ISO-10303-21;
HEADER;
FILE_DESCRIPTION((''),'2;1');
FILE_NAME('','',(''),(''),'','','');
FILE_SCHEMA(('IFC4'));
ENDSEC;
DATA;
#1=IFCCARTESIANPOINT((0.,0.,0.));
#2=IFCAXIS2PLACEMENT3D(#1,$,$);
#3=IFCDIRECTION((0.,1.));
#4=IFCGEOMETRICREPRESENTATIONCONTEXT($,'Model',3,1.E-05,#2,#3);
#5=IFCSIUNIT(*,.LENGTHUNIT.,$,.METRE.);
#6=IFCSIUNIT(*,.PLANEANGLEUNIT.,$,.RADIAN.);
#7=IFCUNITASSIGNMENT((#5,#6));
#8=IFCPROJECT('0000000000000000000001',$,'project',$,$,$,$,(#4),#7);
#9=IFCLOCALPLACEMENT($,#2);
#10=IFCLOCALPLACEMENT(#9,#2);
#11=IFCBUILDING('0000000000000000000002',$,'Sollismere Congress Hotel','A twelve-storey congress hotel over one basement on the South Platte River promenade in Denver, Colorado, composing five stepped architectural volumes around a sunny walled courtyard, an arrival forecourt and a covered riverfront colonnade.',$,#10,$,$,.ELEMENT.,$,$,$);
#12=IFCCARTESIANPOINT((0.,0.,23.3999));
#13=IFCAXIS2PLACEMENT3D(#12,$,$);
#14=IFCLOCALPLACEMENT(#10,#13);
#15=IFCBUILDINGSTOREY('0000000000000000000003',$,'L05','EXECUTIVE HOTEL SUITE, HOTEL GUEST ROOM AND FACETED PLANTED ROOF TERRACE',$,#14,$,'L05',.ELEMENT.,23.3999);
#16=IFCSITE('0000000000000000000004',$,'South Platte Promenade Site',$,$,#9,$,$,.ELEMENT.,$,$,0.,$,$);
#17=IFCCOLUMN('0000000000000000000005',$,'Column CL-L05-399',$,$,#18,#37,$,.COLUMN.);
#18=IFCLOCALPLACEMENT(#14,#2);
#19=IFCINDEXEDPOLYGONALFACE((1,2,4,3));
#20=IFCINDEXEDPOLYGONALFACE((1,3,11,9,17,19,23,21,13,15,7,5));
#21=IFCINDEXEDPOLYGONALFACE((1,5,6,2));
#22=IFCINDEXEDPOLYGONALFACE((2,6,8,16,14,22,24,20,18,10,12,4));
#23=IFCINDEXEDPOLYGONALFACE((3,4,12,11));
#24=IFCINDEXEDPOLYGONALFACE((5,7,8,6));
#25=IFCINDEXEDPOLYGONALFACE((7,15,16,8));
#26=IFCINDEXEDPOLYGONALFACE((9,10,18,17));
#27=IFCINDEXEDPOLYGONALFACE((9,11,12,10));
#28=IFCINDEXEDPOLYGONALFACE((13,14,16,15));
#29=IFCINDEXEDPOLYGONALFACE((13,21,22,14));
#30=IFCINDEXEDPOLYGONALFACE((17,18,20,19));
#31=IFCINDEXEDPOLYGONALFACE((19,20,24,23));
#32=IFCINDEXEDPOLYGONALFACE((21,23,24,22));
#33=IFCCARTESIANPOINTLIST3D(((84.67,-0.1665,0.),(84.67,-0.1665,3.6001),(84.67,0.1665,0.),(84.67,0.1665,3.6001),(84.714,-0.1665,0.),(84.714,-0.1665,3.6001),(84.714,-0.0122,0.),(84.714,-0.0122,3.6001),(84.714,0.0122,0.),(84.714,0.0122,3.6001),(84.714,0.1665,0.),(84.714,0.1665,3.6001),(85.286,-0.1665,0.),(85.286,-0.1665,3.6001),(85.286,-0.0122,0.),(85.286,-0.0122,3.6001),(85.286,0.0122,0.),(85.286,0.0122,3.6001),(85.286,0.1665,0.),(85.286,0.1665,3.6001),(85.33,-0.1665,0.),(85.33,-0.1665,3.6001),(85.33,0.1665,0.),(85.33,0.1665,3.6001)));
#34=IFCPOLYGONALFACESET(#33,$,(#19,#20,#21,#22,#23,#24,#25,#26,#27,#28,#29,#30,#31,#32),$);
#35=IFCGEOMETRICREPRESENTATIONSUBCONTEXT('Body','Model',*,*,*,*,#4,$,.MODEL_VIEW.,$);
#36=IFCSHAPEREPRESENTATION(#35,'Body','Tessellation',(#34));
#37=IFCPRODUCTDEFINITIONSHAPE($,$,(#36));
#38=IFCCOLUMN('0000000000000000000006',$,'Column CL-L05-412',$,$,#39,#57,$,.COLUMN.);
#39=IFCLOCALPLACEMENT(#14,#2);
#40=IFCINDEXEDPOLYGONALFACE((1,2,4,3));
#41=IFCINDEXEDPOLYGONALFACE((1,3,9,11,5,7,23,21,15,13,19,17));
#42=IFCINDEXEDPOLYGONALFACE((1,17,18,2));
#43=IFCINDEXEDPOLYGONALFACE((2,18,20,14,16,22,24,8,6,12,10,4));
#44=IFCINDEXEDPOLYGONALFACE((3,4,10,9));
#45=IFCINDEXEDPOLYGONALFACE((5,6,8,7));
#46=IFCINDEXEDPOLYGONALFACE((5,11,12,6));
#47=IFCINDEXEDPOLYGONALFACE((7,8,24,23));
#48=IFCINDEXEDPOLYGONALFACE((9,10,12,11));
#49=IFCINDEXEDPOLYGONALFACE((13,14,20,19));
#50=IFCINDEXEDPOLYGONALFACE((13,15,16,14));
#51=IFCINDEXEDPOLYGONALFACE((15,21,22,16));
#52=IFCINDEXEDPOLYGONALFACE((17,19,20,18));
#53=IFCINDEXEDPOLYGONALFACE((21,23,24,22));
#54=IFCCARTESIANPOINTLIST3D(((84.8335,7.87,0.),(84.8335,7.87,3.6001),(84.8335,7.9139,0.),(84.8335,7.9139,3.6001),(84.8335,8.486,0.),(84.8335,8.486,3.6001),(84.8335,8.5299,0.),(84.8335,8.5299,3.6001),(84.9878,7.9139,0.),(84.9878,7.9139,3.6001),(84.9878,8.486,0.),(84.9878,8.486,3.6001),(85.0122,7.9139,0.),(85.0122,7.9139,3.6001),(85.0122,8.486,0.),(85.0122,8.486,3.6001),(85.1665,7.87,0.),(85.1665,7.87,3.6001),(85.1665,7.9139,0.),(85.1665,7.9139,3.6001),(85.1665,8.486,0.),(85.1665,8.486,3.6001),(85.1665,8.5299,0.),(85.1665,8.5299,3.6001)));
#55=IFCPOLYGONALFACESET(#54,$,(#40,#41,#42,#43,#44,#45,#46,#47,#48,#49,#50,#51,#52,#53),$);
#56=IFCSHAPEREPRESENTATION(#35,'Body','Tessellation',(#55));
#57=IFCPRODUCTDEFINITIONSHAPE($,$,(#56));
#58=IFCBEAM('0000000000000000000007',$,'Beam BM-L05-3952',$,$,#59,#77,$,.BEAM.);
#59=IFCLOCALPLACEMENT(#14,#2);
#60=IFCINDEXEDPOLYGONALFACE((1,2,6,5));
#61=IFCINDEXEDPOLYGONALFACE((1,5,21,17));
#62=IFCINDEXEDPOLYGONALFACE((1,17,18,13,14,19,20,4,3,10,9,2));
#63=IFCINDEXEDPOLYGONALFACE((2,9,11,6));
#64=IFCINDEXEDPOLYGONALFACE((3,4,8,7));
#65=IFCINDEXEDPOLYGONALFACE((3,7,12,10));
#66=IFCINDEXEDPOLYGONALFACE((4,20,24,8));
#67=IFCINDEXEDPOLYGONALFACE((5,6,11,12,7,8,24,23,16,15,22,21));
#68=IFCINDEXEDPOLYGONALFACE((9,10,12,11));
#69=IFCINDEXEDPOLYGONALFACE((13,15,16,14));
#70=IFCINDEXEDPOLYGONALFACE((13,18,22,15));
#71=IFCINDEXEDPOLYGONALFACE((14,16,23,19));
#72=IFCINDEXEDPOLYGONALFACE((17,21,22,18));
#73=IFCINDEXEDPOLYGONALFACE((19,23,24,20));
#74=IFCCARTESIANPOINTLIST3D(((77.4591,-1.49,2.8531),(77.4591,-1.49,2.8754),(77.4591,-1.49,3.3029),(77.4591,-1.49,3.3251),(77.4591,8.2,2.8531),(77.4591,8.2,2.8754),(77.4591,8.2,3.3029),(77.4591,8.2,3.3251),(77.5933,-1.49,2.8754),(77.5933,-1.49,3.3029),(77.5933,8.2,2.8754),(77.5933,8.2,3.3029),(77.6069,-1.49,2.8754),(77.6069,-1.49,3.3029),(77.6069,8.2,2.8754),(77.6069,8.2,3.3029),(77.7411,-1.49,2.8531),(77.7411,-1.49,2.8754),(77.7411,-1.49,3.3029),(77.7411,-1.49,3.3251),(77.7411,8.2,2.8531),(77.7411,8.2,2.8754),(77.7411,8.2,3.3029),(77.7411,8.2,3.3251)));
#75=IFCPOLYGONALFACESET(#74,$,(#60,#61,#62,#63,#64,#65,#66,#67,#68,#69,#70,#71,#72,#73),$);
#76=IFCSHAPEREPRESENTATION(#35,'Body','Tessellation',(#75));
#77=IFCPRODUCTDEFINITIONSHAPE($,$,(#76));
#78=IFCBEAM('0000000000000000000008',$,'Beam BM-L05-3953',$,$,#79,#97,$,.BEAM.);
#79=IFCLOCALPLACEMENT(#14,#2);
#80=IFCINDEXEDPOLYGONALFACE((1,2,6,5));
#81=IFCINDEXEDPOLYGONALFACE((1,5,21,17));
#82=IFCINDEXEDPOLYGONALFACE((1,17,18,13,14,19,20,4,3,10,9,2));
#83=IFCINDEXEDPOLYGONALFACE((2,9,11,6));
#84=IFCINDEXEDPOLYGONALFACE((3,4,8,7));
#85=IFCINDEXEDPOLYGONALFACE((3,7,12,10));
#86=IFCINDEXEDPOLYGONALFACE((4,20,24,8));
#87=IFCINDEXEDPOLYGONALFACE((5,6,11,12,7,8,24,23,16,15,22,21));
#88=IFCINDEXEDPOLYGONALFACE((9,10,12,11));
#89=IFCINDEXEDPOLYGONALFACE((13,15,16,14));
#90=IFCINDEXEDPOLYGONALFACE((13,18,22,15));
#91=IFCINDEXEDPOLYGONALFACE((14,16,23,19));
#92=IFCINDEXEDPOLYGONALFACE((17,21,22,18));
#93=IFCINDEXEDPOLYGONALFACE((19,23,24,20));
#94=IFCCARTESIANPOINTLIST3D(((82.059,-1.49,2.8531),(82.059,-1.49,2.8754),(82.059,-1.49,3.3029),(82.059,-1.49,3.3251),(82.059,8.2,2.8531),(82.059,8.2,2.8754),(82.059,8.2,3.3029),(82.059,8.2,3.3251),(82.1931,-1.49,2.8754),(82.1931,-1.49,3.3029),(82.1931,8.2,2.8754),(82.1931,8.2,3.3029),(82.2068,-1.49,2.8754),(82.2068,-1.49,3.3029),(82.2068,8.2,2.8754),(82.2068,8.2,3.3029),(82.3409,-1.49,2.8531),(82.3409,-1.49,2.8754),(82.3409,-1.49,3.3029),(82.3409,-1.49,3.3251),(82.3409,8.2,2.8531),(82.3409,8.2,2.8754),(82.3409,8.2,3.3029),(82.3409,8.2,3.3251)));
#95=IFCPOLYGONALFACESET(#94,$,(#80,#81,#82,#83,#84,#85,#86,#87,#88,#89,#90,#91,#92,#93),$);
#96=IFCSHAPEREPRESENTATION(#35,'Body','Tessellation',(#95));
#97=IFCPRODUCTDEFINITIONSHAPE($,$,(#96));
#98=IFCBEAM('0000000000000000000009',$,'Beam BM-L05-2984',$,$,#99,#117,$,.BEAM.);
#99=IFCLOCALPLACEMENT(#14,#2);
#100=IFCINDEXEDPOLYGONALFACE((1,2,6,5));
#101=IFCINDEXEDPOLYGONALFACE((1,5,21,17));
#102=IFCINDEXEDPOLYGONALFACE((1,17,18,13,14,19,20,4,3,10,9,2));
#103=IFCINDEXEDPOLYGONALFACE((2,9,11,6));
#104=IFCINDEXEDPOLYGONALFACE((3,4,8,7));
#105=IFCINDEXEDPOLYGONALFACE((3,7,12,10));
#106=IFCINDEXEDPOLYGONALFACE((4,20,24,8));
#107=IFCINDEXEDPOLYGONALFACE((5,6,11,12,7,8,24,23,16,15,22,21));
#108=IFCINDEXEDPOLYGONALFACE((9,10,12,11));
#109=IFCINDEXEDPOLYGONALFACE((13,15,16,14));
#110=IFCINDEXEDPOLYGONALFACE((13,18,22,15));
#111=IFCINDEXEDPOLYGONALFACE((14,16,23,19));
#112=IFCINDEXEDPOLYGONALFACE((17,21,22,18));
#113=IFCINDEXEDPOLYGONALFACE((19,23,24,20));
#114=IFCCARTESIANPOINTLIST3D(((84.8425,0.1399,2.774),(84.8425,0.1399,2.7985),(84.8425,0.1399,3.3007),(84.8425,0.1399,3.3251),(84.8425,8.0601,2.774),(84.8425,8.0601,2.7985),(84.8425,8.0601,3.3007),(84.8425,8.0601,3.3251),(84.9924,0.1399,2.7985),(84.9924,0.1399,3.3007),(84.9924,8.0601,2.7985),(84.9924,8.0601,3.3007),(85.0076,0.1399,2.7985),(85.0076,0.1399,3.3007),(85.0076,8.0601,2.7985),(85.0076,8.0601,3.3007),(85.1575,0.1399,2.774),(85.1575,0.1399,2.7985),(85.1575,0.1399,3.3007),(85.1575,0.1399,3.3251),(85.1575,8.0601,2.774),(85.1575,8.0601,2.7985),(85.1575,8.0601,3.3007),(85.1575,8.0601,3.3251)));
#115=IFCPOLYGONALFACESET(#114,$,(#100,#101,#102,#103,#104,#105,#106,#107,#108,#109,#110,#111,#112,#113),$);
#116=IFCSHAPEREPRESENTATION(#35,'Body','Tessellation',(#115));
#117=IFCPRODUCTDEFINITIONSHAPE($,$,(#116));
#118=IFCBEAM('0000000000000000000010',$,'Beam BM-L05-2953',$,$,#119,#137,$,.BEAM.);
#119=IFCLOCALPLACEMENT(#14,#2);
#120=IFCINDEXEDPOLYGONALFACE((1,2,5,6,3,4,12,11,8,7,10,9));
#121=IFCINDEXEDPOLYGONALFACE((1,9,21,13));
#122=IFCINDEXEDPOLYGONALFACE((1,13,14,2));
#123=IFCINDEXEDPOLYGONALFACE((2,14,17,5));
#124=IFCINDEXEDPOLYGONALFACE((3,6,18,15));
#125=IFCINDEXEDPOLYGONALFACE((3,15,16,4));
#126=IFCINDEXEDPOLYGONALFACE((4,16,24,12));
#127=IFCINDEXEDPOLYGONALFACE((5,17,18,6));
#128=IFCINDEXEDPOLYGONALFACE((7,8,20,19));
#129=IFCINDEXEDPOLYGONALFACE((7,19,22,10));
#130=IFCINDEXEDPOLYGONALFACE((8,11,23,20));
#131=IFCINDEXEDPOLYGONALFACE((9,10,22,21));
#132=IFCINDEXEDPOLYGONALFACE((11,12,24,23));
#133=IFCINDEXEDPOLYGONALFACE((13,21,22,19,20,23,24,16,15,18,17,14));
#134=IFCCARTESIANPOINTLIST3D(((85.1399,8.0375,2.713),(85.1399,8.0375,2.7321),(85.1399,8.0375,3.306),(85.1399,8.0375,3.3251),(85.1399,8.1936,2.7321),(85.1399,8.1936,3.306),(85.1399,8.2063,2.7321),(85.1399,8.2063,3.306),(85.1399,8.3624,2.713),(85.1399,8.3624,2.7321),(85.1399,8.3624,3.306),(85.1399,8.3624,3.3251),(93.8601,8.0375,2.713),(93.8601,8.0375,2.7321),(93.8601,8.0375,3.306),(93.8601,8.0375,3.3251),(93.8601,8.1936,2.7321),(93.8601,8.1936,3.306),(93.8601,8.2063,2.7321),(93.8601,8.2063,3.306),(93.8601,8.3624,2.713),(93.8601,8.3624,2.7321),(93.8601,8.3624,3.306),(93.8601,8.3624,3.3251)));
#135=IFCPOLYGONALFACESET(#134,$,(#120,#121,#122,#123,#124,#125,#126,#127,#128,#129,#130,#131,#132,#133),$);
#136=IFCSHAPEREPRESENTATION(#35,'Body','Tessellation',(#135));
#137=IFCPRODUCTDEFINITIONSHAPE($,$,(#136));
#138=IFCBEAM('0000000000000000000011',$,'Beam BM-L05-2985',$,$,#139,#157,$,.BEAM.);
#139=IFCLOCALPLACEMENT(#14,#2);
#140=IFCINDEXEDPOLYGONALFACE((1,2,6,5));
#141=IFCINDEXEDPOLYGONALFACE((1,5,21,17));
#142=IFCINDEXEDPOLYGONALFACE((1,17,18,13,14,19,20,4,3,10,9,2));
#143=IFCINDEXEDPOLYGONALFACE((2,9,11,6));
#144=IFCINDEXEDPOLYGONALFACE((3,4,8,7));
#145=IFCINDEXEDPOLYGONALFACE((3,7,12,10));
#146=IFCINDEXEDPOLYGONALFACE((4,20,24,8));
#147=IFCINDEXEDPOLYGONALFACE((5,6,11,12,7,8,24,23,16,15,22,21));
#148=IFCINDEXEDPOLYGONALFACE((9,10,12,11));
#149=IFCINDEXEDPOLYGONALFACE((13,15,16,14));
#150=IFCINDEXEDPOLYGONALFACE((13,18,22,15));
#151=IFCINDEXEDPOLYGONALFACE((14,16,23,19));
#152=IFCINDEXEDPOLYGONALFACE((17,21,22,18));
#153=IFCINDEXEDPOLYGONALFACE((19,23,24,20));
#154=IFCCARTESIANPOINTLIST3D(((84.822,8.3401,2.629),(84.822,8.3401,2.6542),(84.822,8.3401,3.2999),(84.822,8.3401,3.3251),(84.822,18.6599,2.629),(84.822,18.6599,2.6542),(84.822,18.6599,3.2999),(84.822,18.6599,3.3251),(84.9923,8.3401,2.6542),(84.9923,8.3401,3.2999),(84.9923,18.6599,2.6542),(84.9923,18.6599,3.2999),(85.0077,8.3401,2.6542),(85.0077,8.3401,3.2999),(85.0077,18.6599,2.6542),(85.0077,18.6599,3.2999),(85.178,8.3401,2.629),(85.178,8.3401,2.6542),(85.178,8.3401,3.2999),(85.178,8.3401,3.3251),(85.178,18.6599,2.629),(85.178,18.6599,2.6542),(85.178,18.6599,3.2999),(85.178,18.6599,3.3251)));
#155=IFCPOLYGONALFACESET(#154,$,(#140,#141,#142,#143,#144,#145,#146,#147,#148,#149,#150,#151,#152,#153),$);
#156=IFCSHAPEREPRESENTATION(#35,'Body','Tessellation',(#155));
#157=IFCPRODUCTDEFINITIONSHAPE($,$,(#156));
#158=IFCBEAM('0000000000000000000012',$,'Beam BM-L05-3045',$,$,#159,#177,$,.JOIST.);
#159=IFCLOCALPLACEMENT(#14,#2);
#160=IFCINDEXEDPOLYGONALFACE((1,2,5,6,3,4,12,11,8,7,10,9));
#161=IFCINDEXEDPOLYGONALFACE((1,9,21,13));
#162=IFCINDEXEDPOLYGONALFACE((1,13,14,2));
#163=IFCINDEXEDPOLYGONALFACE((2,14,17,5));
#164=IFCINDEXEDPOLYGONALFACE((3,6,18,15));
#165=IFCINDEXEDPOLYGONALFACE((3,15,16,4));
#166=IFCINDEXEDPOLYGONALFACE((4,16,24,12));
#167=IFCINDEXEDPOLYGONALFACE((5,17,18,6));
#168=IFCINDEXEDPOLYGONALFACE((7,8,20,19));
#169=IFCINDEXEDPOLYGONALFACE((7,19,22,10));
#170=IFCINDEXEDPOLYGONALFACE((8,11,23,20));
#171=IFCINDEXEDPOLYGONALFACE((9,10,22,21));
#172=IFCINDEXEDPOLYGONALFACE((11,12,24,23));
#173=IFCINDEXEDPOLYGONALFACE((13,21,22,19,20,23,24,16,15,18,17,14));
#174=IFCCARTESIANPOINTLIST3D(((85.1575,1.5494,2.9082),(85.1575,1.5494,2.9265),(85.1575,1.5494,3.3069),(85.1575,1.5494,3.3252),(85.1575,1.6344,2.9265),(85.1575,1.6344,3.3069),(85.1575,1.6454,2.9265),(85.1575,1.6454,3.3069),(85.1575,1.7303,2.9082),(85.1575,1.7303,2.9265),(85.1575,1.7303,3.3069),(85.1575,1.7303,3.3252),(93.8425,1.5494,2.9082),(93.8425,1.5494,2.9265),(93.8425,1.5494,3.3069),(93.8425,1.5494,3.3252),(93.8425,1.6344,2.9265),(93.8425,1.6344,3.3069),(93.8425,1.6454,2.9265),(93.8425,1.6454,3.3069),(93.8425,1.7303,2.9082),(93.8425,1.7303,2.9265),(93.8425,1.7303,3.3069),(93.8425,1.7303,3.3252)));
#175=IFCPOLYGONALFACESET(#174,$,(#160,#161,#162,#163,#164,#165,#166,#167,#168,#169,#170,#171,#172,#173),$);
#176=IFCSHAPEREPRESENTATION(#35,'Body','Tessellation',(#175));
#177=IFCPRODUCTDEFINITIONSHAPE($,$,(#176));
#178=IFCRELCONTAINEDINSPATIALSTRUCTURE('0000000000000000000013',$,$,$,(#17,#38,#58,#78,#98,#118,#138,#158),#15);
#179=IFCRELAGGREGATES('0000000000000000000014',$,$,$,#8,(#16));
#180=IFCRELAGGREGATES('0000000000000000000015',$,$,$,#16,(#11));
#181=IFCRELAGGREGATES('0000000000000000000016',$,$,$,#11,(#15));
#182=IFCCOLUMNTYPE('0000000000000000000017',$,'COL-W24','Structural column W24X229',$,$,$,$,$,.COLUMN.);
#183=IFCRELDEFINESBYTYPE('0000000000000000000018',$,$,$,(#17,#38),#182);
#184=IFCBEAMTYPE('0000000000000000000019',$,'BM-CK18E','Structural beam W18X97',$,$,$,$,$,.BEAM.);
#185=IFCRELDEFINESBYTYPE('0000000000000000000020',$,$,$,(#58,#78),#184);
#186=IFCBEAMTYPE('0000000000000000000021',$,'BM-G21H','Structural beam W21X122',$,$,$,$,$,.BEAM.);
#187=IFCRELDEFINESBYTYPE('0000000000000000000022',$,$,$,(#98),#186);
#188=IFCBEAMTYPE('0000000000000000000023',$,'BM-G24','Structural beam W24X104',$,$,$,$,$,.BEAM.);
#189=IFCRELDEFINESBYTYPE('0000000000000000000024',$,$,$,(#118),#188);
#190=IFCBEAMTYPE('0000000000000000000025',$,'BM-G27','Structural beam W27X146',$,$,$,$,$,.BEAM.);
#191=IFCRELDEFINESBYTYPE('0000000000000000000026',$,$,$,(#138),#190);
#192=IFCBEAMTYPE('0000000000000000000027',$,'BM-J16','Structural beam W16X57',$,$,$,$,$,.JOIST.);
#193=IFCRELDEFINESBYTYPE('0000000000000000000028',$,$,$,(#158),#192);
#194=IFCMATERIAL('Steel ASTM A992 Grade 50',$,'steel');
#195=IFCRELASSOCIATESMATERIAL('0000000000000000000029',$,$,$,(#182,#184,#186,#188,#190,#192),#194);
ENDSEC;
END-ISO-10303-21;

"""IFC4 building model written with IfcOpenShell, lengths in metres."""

from ifc_helpers import new_model, si_unit, direction, frame, origin, origin_2d, place, context, subcontext, project, spatial, i_section, extrude, material, material_profile, profile_set, type_object, element, save


model = new_model("IFC4")

# Units and contexts
model_context = context("Model", 3, precision=1e-05, world=origin(), true_north=direction((0.0, 1.0)))
body_context = subcontext(model_context, "Body", "Model", "MODEL_VIEW")
ifc_project = project(units=[si_unit("LENGTHUNIT", "METRE"), si_unit("PLANEANGLEUNIT", "RADIAN")], contexts=[model_context])

# Site, building, storey
site_placement = place(None, origin())
site = spatial("IfcSite", under=ifc_project, at=site_placement, Name="South Platte Promenade Site", CompositionType="ELEMENT", RefElevation=0.0)
building_placement = place(site_placement, origin())
building = spatial("IfcBuilding", under=site, at=building_placement, Name="Sollismere Congress Hotel", Description="A twelve-storey congress hotel over one basement on the South Platte River promenade in Denver, Colorado, composing five stepped architectural volumes around a sunny walled courtyard, an arrival forecourt and a covered riverfront colonnade.", CompositionType="ELEMENT")
storey_placement = place(building_placement, frame((0.0, 0.0, 23.3999)))
storey = spatial("IfcBuildingStorey", under=building, at=storey_placement, Name="L05", Description="EXECUTIVE HOTEL SUITE, HOTEL GUEST ROOM AND FACETED PLANTED ROOF TERRACE", LongName="L05", CompositionType="ELEMENT", Elevation=23.3999)

# Columns
ifc_material_1 = material(Name="Steel ASTM A992 Grade 50", Category="steel")
ifc_material_profile_1 = material_profile(ifc_material_1, i_section(OverallWidth=0.333, OverallDepth=0.6599, WebThickness=0.0244, FlangeThickness=0.0439, at=origin_2d()), Name="W24X229")
ifc_profile_set_1 = profile_set([ifc_material_profile_1], Name="Steel ASTM A992 Grade 50")
column_type = type_object("IfcColumnType", Name="COL-W24", Description="Structural column W24X229", PredefinedType="COLUMN", material=ifc_profile_set_1)
for number, where, z_axis, x_axis, name in (
    (1, (85.0, 0.0, 0.0), (0.0, 0.0, 1.0), (0.0, 1.0, 0.0), "Column CL-L05-399"),
    (2, (85.0, 8.2, 0.0), (0.0, 0.0, 1.0), (1.0, 0.0, 0.0), "Column CL-L05-412"),
):
    element("IfcColumn", number, at=place(storey_placement, frame(where, z_axis=z_axis, x_axis=x_axis)), inside=storey, type_object=column_type, Name=name, PredefinedType="COLUMN", context=body_context, shape_type="SweptSolid", body=[
        extrude(i_section(OverallWidth=0.333, OverallDepth=0.6599, WebThickness=0.0244, FlangeThickness=0.0439, at=origin_2d()), origin(), (0.0, 0.0, 1.0), 3.6001),
    ])

# Beams
ifc_material_profile_2 = material_profile(ifc_material_1, i_section(OverallWidth=0.282, OverallDepth=0.4719, WebThickness=0.0137, FlangeThickness=0.0222, at=origin_2d()), Name="W18X97")
ifc_profile_set_2 = profile_set([ifc_material_profile_2], Name="Steel ASTM A992 Grade 50")
beam_type_1 = type_object("IfcBeamType", Name="BM-CK18E", Description="Structural beam W18X97", PredefinedType="BEAM", material=ifc_profile_set_2)
for number, where, z_axis, x_axis, name in (
    (3, (77.6001, 8.2, 3.0891), (0.0, -1.0, 0.0), (1.0, 0.0, 0.0), "Beam BM-L05-3952"),
    (4, (82.2, 8.2, 3.0891), (0.0, -1.0, 0.0), (1.0, 0.0, 0.0), "Beam BM-L05-3953"),
):
    element("IfcBeam", number, at=place(storey_placement, frame(where, z_axis=z_axis, x_axis=x_axis)), inside=storey, type_object=beam_type_1, Name=name, PredefinedType="BEAM", context=body_context, shape_type="SweptSolid", body=[
        extrude(i_section(OverallWidth=0.282, OverallDepth=0.4719, WebThickness=0.0137, FlangeThickness=0.0222, at=origin_2d()), origin(), (0.0, 0.0, 1.0), 9.6899),
    ])
ifc_material_profile_3 = material_profile(ifc_material_1, i_section(OverallWidth=0.3149, OverallDepth=0.551, WebThickness=0.0151, FlangeThickness=0.0244, at=origin_2d()), Name="W21X122")
ifc_profile_set_3 = profile_set([ifc_material_profile_3], Name="Steel ASTM A992 Grade 50")
beam_type_2 = type_object("IfcBeamType", Name="BM-G21H", Description="Structural beam W21X122", PredefinedType="BEAM", material=ifc_profile_set_3)
beam_1_placement = place(storey_placement, frame((85.0, 0.1399, 3.0496), z_axis=(0.0, 1.0, 0.0), x_axis=(-1.0, 0.0, 0.0)))
element("IfcBeam", 5, at=beam_1_placement, inside=storey, type_object=beam_type_2, Name="Beam BM-L05-2984", PredefinedType="BEAM", context=body_context, shape_type="SweptSolid", body=[
    extrude(i_section(OverallWidth=0.3149, OverallDepth=0.551, WebThickness=0.0151, FlangeThickness=0.0244, at=origin_2d()), origin(), (0.0, 0.0, 1.0), 7.9202),
])
ifc_material_profile_4 = material_profile(ifc_material_1, i_section(OverallWidth=0.325, OverallDepth=0.6121, WebThickness=0.0127, FlangeThickness=0.019, at=origin_2d()), Name="W24X104")
ifc_profile_set_4 = profile_set([ifc_material_profile_4], Name="Steel ASTM A992 Grade 50")
beam_type_3 = type_object("IfcBeamType", Name="BM-G24", Description="Structural beam W24X104", PredefinedType="BEAM", material=ifc_profile_set_4)
beam_2_placement = place(storey_placement, frame((85.1399, 8.2, 3.019), z_axis=(1.0, 0.0, 0.0), x_axis=(0.0, 1.0, 0.0)))
element("IfcBeam", 6, at=beam_2_placement, inside=storey, type_object=beam_type_3, Name="Beam BM-L05-2953", PredefinedType="BEAM", context=body_context, shape_type="SweptSolid", body=[
    extrude(i_section(OverallWidth=0.325, OverallDepth=0.6121, WebThickness=0.0127, FlangeThickness=0.019, at=origin_2d()), origin(), (0.0, 0.0, 1.0), 8.7202),
])
ifc_material_profile_5 = material_profile(ifc_material_1, i_section(OverallWidth=0.356, OverallDepth=0.696, WebThickness=0.0154, FlangeThickness=0.0251, at=origin_2d()), Name="W27X146")
ifc_profile_set_5 = profile_set([ifc_material_profile_5], Name="Steel ASTM A992 Grade 50")
beam_type_4 = type_object("IfcBeamType", Name="BM-G27", Description="Structural beam W27X146", PredefinedType="BEAM", material=ifc_profile_set_5)
beam_3_placement = place(storey_placement, frame((85.0, 8.3401, 2.9771), z_axis=(0.0, 1.0, 0.0), x_axis=(-1.0, 0.0, 0.0)))
element("IfcBeam", 7, at=beam_3_placement, inside=storey, type_object=beam_type_4, Name="Beam BM-L05-2985", PredefinedType="BEAM", context=body_context, shape_type="SweptSolid", body=[
    extrude(i_section(OverallWidth=0.356, OverallDepth=0.696, WebThickness=0.0154, FlangeThickness=0.0251, at=origin_2d()), origin(), (0.0, 0.0, 1.0), 10.3198),
])
ifc_material_profile_6 = material_profile(ifc_material_1, i_section(OverallWidth=0.1809, OverallDepth=0.417, WebThickness=0.011, FlangeThickness=0.0183, at=origin_2d()), Name="W16X57")
ifc_profile_set_6 = profile_set([ifc_material_profile_6], Name="Steel ASTM A992 Grade 50")
beam_type_5 = type_object("IfcBeamType", Name="BM-J16", Description="Structural beam W16X57", PredefinedType="JOIST", material=ifc_profile_set_6)
for number, where, z_axis, x_axis, name in (
    (8, (85.1575, 1.6399, 3.1167), (1.0, 0.0, 0.0), (0.0, 1.0, 0.0), "Beam BM-L05-3045"),
):
    element("IfcBeam", number, at=place(storey_placement, frame(where, z_axis=z_axis, x_axis=x_axis)), inside=storey, type_object=beam_type_5, Name=name, PredefinedType="JOIST", context=body_context, shape_type="SweptSolid", body=[
        extrude(i_section(OverallWidth=0.1809, OverallDepth=0.417, WebThickness=0.011, FlangeThickness=0.0183, at=origin_2d()), origin(), (0.0, 0.0, 1.0), 8.6851),
    ])

save(model, "model.ifc")
